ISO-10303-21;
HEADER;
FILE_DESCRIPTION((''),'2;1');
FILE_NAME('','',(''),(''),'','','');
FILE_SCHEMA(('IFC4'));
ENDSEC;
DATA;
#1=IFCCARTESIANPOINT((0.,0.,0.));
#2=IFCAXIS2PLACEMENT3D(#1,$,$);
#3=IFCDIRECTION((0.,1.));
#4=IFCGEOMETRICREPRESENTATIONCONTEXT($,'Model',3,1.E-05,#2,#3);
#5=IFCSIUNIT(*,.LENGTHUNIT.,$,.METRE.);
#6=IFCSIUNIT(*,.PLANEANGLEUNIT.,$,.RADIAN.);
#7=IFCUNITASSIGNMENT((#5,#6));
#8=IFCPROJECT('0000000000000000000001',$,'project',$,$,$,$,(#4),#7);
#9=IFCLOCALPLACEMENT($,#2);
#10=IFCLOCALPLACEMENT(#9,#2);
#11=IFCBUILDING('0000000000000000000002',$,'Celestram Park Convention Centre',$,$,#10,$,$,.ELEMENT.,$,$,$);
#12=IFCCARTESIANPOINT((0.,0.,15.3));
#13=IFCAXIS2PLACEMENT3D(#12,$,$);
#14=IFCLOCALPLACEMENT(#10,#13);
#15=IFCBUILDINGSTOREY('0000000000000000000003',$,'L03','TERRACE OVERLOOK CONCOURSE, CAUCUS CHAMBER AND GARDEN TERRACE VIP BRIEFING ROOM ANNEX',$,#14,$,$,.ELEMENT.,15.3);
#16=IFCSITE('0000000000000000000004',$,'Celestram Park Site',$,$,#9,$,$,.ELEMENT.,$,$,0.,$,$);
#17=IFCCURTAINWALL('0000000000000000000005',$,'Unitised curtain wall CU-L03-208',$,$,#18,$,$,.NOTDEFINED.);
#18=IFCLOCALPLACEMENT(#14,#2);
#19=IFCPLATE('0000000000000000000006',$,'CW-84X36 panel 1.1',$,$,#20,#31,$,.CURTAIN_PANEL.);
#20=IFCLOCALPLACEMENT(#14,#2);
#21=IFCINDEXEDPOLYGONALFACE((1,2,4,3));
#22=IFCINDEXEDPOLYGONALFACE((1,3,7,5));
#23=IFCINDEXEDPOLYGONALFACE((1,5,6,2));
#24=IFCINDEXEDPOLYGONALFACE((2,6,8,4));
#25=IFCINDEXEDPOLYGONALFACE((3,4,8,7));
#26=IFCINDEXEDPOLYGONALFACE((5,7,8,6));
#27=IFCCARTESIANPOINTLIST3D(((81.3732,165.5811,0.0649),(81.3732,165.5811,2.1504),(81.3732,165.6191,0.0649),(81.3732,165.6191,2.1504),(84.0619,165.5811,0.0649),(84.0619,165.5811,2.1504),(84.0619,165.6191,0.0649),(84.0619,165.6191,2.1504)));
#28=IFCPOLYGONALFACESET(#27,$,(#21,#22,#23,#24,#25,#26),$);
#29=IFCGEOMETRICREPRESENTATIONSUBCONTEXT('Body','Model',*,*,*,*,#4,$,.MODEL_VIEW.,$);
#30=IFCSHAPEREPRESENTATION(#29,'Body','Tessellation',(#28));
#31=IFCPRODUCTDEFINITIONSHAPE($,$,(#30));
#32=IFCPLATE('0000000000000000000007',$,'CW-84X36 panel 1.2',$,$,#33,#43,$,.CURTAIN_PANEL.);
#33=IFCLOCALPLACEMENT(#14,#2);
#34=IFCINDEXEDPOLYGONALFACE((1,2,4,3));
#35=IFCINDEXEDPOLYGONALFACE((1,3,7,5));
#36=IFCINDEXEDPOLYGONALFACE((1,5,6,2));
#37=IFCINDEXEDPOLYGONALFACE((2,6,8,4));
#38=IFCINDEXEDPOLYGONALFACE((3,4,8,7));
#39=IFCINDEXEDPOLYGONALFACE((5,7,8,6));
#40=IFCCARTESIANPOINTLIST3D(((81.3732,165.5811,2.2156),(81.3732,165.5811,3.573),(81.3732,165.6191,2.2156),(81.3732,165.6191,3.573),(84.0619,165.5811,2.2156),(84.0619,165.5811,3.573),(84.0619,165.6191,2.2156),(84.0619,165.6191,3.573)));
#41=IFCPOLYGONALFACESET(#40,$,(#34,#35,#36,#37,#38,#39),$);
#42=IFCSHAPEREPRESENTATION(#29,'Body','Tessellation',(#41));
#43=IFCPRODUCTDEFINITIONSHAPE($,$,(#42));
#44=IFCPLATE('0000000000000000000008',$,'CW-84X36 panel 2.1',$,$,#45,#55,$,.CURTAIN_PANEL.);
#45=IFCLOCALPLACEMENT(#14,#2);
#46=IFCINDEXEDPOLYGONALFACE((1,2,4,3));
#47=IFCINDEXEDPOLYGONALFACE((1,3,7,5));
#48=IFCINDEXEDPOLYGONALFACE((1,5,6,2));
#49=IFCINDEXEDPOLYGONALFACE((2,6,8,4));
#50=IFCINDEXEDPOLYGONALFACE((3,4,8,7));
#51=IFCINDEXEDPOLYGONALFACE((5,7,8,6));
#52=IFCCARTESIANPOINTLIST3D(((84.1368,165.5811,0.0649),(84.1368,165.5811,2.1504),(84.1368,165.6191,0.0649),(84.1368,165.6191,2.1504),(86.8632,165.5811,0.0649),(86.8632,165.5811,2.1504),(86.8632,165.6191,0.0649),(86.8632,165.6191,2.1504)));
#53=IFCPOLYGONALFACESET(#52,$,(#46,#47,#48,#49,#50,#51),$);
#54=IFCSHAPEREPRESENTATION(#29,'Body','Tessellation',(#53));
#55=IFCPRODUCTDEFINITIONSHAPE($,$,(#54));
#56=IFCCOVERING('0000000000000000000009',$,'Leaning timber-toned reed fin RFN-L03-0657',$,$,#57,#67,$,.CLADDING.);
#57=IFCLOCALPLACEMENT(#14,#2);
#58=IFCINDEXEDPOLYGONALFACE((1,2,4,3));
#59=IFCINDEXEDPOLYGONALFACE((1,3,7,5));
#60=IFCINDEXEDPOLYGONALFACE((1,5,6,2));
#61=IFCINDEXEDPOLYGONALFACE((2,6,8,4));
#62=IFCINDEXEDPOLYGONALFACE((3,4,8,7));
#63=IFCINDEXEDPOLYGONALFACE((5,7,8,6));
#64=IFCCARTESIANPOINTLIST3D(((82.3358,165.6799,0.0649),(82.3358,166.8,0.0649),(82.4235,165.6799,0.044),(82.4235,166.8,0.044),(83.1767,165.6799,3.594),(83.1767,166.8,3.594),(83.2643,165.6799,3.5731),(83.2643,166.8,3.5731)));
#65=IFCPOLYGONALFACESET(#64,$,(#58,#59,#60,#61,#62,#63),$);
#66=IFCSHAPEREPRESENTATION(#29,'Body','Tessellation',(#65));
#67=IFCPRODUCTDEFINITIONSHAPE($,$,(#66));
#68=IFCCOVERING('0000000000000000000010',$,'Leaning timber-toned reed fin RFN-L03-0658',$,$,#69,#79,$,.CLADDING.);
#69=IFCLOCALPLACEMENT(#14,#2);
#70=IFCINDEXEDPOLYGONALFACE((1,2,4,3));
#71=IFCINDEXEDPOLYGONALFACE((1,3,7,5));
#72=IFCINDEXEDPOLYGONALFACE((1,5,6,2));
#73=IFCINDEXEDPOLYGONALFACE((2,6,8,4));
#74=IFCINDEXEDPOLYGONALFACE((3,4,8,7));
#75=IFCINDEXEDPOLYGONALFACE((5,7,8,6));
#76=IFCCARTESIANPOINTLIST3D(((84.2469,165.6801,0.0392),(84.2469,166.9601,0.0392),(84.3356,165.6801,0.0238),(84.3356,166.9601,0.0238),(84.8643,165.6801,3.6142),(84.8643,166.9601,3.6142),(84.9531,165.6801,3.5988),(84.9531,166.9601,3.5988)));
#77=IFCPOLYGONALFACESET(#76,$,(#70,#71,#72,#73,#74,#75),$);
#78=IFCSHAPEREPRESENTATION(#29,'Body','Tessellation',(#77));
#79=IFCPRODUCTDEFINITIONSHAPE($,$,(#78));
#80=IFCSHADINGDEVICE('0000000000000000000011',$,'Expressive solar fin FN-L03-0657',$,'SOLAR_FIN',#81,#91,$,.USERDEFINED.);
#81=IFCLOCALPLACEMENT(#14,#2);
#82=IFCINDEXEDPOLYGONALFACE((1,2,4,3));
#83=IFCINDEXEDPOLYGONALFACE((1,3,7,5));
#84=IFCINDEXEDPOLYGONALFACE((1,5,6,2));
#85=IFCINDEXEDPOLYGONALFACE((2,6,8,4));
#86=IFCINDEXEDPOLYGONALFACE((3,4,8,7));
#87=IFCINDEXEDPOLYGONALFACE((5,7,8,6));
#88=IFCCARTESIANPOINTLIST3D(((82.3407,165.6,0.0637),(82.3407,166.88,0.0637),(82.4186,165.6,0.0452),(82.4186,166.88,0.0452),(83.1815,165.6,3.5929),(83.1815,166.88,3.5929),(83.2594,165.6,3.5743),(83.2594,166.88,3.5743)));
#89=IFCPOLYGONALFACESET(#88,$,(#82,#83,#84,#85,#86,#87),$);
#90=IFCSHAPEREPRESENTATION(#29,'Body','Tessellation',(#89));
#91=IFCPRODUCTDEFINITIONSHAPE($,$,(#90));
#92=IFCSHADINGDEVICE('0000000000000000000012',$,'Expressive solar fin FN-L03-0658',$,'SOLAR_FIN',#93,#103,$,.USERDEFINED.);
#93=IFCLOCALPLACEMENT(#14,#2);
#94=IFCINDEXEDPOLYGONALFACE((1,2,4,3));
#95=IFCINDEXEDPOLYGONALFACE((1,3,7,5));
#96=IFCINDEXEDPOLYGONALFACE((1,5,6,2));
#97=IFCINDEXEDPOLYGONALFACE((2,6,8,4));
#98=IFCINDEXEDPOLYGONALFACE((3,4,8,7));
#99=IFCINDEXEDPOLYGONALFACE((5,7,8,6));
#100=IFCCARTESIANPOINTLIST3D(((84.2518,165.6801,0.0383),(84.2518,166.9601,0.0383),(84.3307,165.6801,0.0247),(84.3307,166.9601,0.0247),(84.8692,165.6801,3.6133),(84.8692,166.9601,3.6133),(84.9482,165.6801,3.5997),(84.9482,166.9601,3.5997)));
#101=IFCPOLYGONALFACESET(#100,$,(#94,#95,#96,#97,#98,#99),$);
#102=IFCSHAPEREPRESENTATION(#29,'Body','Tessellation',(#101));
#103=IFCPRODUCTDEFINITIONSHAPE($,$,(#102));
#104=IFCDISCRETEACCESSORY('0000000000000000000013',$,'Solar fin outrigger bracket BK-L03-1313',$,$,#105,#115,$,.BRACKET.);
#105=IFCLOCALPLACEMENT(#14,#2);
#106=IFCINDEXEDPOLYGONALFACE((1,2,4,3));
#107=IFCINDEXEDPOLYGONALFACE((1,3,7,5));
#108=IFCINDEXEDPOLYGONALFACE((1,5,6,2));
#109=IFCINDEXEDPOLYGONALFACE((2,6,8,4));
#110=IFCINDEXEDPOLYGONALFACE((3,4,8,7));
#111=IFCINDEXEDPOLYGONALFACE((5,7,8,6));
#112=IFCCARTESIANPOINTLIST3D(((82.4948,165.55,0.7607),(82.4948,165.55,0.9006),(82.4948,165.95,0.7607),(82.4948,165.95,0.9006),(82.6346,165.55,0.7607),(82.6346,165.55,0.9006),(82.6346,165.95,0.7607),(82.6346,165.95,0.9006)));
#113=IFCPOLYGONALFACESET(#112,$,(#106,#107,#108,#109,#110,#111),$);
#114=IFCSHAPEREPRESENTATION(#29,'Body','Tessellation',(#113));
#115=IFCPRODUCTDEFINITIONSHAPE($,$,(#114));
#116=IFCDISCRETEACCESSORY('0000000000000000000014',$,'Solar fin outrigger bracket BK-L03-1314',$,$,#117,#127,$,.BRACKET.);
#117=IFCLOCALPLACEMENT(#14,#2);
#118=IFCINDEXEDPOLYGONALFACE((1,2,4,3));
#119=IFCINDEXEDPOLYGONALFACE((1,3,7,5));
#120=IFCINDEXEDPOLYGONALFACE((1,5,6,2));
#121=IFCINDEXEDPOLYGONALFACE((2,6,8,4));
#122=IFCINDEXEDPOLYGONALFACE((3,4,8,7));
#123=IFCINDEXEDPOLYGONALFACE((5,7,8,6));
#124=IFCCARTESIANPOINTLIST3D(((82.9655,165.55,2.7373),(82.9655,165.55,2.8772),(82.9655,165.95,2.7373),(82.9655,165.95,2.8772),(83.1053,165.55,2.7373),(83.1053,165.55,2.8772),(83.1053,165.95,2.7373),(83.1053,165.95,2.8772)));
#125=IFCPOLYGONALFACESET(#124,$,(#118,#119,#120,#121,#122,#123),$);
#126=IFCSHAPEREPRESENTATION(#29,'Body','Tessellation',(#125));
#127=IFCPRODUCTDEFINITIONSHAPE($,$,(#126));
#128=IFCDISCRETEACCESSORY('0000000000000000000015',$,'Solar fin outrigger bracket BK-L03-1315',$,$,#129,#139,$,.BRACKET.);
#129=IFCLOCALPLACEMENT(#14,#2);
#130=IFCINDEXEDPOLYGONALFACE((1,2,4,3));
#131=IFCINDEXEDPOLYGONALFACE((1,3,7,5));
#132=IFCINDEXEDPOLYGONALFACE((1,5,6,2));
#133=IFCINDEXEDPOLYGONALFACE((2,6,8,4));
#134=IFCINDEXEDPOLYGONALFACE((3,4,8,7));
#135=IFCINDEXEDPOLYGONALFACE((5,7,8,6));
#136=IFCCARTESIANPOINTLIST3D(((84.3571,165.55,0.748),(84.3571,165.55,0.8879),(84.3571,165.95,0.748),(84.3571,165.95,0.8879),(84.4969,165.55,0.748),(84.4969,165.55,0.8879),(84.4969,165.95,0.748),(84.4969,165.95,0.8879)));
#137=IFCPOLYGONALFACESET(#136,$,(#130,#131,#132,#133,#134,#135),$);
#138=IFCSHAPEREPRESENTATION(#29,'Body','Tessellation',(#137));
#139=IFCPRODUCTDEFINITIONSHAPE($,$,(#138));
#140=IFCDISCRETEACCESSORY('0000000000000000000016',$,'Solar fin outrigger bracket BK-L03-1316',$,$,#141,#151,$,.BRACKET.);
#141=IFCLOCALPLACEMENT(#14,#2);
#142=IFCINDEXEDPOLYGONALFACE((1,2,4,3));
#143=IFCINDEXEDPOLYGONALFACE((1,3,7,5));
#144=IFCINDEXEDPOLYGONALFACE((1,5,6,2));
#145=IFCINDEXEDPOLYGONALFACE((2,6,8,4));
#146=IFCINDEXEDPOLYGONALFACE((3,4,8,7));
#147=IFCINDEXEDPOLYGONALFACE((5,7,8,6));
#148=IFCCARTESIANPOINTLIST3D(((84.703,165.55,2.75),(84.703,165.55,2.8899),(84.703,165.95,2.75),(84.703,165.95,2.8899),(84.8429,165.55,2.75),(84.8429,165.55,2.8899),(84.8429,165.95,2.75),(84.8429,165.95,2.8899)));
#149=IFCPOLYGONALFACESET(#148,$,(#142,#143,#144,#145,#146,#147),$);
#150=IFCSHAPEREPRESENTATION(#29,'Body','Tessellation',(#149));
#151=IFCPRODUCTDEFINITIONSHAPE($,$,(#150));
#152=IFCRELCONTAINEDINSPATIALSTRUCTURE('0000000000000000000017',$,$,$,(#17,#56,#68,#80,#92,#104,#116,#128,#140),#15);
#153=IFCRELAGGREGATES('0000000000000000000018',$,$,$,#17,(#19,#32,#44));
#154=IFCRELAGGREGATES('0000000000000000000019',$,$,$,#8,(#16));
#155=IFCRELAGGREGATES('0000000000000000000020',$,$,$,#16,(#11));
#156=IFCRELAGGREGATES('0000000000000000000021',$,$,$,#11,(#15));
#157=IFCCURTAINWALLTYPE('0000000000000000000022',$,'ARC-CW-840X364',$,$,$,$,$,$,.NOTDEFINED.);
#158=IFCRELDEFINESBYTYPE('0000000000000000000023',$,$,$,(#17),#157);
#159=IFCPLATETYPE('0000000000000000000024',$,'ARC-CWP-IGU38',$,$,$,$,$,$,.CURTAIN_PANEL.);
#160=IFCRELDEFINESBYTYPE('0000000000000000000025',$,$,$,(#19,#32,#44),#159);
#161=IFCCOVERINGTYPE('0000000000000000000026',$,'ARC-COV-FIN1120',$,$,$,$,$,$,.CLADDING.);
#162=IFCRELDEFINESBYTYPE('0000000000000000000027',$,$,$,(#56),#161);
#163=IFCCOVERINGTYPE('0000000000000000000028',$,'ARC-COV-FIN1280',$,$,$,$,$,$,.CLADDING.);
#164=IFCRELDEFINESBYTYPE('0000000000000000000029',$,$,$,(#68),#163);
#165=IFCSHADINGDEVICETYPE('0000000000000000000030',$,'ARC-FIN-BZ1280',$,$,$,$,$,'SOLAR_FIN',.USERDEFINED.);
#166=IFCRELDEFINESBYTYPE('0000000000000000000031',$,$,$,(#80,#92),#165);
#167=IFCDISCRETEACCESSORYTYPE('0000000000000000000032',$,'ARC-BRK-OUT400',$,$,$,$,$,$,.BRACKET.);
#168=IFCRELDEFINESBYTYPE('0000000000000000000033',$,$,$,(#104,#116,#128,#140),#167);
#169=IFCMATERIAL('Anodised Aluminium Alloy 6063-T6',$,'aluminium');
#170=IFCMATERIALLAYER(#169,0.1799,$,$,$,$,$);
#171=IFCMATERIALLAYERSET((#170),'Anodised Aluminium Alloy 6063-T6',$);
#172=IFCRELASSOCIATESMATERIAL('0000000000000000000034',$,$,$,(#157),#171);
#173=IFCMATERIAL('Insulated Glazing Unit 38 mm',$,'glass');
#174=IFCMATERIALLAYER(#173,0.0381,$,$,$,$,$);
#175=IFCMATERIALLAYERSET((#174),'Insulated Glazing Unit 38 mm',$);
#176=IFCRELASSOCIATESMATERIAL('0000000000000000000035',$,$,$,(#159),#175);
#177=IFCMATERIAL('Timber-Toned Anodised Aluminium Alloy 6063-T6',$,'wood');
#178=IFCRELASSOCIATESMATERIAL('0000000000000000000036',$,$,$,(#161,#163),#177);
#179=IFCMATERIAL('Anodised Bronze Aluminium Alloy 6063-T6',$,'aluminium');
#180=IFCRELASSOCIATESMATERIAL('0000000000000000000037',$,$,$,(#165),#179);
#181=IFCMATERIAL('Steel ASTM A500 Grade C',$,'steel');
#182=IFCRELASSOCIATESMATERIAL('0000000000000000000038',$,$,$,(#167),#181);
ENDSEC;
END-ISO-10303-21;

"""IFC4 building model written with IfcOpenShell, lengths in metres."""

from ifc_helpers import new_model, si_unit, direction, frame, origin, origin_2d, place, context, subcontext, project, spatial, rectangle, extrude, material, layer, layer_set, material_profile, profile_set, type_object, element, aggregate, save


model = new_model("IFC4")

# Units and contexts
model_context = context("Model", 3, precision=1e-05, world=origin(), true_north=direction((0.0, 1.0)))
body_context = subcontext(model_context, "Body", "Model", "MODEL_VIEW")
ifc_project = project(units=[si_unit("LENGTHUNIT", "METRE"), si_unit("PLANEANGLEUNIT", "RADIAN")], contexts=[model_context])

# Site, building, storey
site_placement = place(None, origin())
site = spatial("IfcSite", under=ifc_project, at=site_placement, Name="Celestram Park Site", CompositionType="ELEMENT", RefElevation=0.0)
building_placement = place(site_placement, origin())
building = spatial("IfcBuilding", under=site, at=building_placement, Name="Celestram Park Convention Centre", CompositionType="ELEMENT")
storey_placement = place(building_placement, frame((0.0, 0.0, 15.3)))
storey = spatial("IfcBuildingStorey", under=building, at=storey_placement, Name="L03", Description="TERRACE OVERLOOK CONCOURSE, CAUCUS CHAMBER AND GARDEN TERRACE VIP BRIEFING ROOM ANNEX", CompositionType="ELEMENT", Elevation=15.3)

# Curtain wall
ifc_material_1 = material(Name="Anodised Aluminium Alloy 6063-T6", Category="aluminium")
ifc_layer_1 = layer(ifc_material_1, 0.1799)
ifc_layer_set_1 = layer_set([ifc_layer_1], Name="Anodised Aluminium Alloy 6063-T6")
curtain_wall_type = type_object("IfcCurtainWallType", Name="ARC-CW-840X364", PredefinedType="NOTDEFINED", material=ifc_layer_set_1)
curtain_wall_placement = place(storey_placement, origin())
curtain_wall = element("IfcCurtainWall", 1, at=curtain_wall_placement, inside=storey, type_object=curtain_wall_type, Name="Unitised curtain wall CU-L03-208", PredefinedType="NOTDEFINED")

# Plates
ifc_material_2 = material(Name="Insulated Glazing Unit 38 mm", Category="glass")
ifc_layer_2 = layer(ifc_material_2, 0.0381)
ifc_layer_set_2 = layer_set([ifc_layer_2], Name="Insulated Glazing Unit 38 mm")
plate_type = type_object("IfcPlateType", Name="ARC-CWP-IGU38", PredefinedType="CURTAIN_PANEL", material=ifc_layer_set_2)
plate_1_placement = place(storey_placement, frame((82.7175, 165.6001, 0.0649), z_axis=(0.0, 0.0, 1.0), x_axis=(1.0, 0.0, 0.0)))
plate_1 = element("IfcPlate", 2, at=plate_1_placement, type_object=plate_type, Name="CW-84X36 panel 1.1", PredefinedType="CURTAIN_PANEL", context=body_context, shape_type="SweptSolid", body=[
    extrude(rectangle(XDim=2.6887, YDim=0.0381, at=origin_2d()), origin(), (0.0, 0.0, 1.0), 2.0854),
])
plate_2_placement = place(storey_placement, frame((82.7175, 165.6001, 2.2156), z_axis=(0.0, 0.0, 1.0), x_axis=(1.0, 0.0, 0.0)))
plate_2 = element("IfcPlate", 3, at=plate_2_placement, type_object=plate_type, Name="CW-84X36 panel 1.2", PredefinedType="CURTAIN_PANEL", context=body_context, shape_type="SweptSolid", body=[
    extrude(rectangle(XDim=2.6887, YDim=0.0381, at=origin_2d()), origin(), (0.0, 0.0, 1.0), 1.3574),
])
plate_3_placement = place(storey_placement, frame((85.5, 165.6001, 0.0649), z_axis=(0.0, 0.0, 1.0), x_axis=(1.0, 0.0, 0.0)))
plate_3 = element("IfcPlate", 4, at=plate_3_placement, type_object=plate_type, Name="CW-84X36 panel 2.1", PredefinedType="CURTAIN_PANEL", context=body_context, shape_type="SweptSolid", body=[
    extrude(rectangle(XDim=2.7263, YDim=0.0381, at=origin_2d()), origin(), (0.0, 0.0, 1.0), 2.0854),
])
aggregate(curtain_wall, [plate_1, plate_2, plate_3])

# Coverings
ifc_material_3 = material(Name="Timber-Toned Anodised Aluminium Alloy 6063-T6", Category="wood")
ifc_material_profile_1 = material_profile(ifc_material_3, rectangle(XDim=1.1201, YDim=0.0901, at=origin_2d()), Name="REED1120X90")
ifc_profile_set_1 = profile_set([ifc_material_profile_1], Name="Timber-Toned Anodised Aluminium Alloy 6063-T6")
covering_type_1 = type_object("IfcCoveringType", Name="ARC-COV-FIN1120", PredefinedType="CLADDING", material=ifc_profile_set_1)
covering_1_placement = place(storey_placement, frame((82.3796, 166.24, 0.0544), z_axis=(0.231769, 0.0, 0.972771), x_axis=(0.0, 1.0, 0.0)))
element("IfcCovering", 5, at=covering_1_placement, inside=storey, type_object=covering_type_1, Name="Leaning timber-toned reed fin RFN-L03-0657", PredefinedType="CLADDING", context=body_context, shape_type="SweptSolid", body=[
    extrude(rectangle(XDim=1.1201, YDim=0.0901, at=origin_2d()), origin(), (0.0, 0.0, 1.0), 3.6279),
])
ifc_material_profile_2 = material_profile(ifc_material_3, rectangle(XDim=1.28, YDim=0.0901, at=origin_2d()), Name="REED1280X90")
ifc_profile_set_2 = profile_set([ifc_material_profile_2], Name="Timber-Toned Anodised Aluminium Alloy 6063-T6")
covering_type_2 = type_object("IfcCoveringType", Name="ARC-COV-FIN1280", PredefinedType="CLADDING", material=ifc_profile_set_2)
covering_2_placement = place(storey_placement, frame((84.2913, 166.3201, 0.0315), z_axis=(0.170191, 0.0, 0.985411), x_axis=(0.0, 1.0, 0.0)))
element("IfcCovering", 6, at=covering_2_placement, inside=storey, type_object=covering_type_2, Name="Leaning timber-toned reed fin RFN-L03-0658", PredefinedType="CLADDING", context=body_context, shape_type="SweptSolid", body=[
    extrude(rectangle(XDim=1.28, YDim=0.0901, at=origin_2d()), origin(), (0.0, 0.0, 1.0), 3.6279),
])

# Shading devices
ifc_material_4 = material(Name="Anodised Bronze Aluminium Alloy 6063-T6", Category="aluminium")
ifc_material_profile_3 = material_profile(ifc_material_4, rectangle(XDim=1.28, YDim=0.0801, at=origin_2d()), Name="FIN1280X80")
ifc_profile_set_3 = profile_set([ifc_material_profile_3], Name="Anodised Bronze Aluminium Alloy 6063-T6")
shading_device_type = type_object("IfcShadingDeviceType", Name="ARC-FIN-BZ1280", ElementType="SOLAR_FIN", PredefinedType="USERDEFINED", material=ifc_profile_set_3)
for number, where, z_axis, x_axis, name in (
    (7, (82.3796, 166.24, 0.0544), (0.231769, 0.0, 0.972771), (0.0, 1.0, 0.0), "Expressive solar fin FN-L03-0657"),
    (8, (84.2913, 166.3201, 0.0315), (0.170191, 0.0, 0.985411), (0.0, 1.0, 0.0), "Expressive solar fin FN-L03-0658"),
):
    element("IfcShadingDevice", number, at=place(storey_placement, frame(where, z_axis=z_axis, x_axis=x_axis)), inside=storey, type_object=shading_device_type, Name=name, ObjectType="SOLAR_FIN", PredefinedType="USERDEFINED", context=body_context, shape_type="SweptSolid", body=[
        extrude(rectangle(XDim=1.28, YDim=0.0801, at=origin_2d()), origin(), (0.0, 0.0, 1.0), 3.6279),
    ])

# Discrete accessories
ifc_material_5 = material(Name="Steel ASTM A500 Grade C", Category="steel")
discrete_accessory_type = type_object("IfcDiscreteAccessoryType", Name="ARC-BRK-OUT400", PredefinedType="BRACKET", material=ifc_material_5)
for number, where, z_axis, x_axis, name in (
    (9, (82.5647, 165.75, 0.7607), (0.0, 0.0, 1.0), (0.0, 1.0, 0.0), "Solar fin outrigger bracket BK-L03-1313"),
    (10, (83.0354, 165.75, 2.7373), (0.0, 0.0, 1.0), (0.0, 1.0, 0.0), "Solar fin outrigger bracket BK-L03-1314"),
    (11, (84.427, 165.75, 0.748), (0.0, 0.0, 1.0), (0.0, 1.0, 0.0), "Solar fin outrigger bracket BK-L03-1315"),
    (12, (84.7729, 165.75, 2.75), (0.0, 0.0, 1.0), (0.0, 1.0, 0.0), "Solar fin outrigger bracket BK-L03-1316"),
):
    element("IfcDiscreteAccessory", number, at=place(storey_placement, frame(where, z_axis=z_axis, x_axis=x_axis)), inside=storey, type_object=discrete_accessory_type, Name=name, PredefinedType="BRACKET", context=body_context, shape_type="SweptSolid", body=[
        extrude(rectangle(XDim=0.3999, YDim=0.1399, at=origin_2d()), origin(), (0.0, 0.0, 1.0), 0.1399),
    ])

save(model, "model.ifc")
